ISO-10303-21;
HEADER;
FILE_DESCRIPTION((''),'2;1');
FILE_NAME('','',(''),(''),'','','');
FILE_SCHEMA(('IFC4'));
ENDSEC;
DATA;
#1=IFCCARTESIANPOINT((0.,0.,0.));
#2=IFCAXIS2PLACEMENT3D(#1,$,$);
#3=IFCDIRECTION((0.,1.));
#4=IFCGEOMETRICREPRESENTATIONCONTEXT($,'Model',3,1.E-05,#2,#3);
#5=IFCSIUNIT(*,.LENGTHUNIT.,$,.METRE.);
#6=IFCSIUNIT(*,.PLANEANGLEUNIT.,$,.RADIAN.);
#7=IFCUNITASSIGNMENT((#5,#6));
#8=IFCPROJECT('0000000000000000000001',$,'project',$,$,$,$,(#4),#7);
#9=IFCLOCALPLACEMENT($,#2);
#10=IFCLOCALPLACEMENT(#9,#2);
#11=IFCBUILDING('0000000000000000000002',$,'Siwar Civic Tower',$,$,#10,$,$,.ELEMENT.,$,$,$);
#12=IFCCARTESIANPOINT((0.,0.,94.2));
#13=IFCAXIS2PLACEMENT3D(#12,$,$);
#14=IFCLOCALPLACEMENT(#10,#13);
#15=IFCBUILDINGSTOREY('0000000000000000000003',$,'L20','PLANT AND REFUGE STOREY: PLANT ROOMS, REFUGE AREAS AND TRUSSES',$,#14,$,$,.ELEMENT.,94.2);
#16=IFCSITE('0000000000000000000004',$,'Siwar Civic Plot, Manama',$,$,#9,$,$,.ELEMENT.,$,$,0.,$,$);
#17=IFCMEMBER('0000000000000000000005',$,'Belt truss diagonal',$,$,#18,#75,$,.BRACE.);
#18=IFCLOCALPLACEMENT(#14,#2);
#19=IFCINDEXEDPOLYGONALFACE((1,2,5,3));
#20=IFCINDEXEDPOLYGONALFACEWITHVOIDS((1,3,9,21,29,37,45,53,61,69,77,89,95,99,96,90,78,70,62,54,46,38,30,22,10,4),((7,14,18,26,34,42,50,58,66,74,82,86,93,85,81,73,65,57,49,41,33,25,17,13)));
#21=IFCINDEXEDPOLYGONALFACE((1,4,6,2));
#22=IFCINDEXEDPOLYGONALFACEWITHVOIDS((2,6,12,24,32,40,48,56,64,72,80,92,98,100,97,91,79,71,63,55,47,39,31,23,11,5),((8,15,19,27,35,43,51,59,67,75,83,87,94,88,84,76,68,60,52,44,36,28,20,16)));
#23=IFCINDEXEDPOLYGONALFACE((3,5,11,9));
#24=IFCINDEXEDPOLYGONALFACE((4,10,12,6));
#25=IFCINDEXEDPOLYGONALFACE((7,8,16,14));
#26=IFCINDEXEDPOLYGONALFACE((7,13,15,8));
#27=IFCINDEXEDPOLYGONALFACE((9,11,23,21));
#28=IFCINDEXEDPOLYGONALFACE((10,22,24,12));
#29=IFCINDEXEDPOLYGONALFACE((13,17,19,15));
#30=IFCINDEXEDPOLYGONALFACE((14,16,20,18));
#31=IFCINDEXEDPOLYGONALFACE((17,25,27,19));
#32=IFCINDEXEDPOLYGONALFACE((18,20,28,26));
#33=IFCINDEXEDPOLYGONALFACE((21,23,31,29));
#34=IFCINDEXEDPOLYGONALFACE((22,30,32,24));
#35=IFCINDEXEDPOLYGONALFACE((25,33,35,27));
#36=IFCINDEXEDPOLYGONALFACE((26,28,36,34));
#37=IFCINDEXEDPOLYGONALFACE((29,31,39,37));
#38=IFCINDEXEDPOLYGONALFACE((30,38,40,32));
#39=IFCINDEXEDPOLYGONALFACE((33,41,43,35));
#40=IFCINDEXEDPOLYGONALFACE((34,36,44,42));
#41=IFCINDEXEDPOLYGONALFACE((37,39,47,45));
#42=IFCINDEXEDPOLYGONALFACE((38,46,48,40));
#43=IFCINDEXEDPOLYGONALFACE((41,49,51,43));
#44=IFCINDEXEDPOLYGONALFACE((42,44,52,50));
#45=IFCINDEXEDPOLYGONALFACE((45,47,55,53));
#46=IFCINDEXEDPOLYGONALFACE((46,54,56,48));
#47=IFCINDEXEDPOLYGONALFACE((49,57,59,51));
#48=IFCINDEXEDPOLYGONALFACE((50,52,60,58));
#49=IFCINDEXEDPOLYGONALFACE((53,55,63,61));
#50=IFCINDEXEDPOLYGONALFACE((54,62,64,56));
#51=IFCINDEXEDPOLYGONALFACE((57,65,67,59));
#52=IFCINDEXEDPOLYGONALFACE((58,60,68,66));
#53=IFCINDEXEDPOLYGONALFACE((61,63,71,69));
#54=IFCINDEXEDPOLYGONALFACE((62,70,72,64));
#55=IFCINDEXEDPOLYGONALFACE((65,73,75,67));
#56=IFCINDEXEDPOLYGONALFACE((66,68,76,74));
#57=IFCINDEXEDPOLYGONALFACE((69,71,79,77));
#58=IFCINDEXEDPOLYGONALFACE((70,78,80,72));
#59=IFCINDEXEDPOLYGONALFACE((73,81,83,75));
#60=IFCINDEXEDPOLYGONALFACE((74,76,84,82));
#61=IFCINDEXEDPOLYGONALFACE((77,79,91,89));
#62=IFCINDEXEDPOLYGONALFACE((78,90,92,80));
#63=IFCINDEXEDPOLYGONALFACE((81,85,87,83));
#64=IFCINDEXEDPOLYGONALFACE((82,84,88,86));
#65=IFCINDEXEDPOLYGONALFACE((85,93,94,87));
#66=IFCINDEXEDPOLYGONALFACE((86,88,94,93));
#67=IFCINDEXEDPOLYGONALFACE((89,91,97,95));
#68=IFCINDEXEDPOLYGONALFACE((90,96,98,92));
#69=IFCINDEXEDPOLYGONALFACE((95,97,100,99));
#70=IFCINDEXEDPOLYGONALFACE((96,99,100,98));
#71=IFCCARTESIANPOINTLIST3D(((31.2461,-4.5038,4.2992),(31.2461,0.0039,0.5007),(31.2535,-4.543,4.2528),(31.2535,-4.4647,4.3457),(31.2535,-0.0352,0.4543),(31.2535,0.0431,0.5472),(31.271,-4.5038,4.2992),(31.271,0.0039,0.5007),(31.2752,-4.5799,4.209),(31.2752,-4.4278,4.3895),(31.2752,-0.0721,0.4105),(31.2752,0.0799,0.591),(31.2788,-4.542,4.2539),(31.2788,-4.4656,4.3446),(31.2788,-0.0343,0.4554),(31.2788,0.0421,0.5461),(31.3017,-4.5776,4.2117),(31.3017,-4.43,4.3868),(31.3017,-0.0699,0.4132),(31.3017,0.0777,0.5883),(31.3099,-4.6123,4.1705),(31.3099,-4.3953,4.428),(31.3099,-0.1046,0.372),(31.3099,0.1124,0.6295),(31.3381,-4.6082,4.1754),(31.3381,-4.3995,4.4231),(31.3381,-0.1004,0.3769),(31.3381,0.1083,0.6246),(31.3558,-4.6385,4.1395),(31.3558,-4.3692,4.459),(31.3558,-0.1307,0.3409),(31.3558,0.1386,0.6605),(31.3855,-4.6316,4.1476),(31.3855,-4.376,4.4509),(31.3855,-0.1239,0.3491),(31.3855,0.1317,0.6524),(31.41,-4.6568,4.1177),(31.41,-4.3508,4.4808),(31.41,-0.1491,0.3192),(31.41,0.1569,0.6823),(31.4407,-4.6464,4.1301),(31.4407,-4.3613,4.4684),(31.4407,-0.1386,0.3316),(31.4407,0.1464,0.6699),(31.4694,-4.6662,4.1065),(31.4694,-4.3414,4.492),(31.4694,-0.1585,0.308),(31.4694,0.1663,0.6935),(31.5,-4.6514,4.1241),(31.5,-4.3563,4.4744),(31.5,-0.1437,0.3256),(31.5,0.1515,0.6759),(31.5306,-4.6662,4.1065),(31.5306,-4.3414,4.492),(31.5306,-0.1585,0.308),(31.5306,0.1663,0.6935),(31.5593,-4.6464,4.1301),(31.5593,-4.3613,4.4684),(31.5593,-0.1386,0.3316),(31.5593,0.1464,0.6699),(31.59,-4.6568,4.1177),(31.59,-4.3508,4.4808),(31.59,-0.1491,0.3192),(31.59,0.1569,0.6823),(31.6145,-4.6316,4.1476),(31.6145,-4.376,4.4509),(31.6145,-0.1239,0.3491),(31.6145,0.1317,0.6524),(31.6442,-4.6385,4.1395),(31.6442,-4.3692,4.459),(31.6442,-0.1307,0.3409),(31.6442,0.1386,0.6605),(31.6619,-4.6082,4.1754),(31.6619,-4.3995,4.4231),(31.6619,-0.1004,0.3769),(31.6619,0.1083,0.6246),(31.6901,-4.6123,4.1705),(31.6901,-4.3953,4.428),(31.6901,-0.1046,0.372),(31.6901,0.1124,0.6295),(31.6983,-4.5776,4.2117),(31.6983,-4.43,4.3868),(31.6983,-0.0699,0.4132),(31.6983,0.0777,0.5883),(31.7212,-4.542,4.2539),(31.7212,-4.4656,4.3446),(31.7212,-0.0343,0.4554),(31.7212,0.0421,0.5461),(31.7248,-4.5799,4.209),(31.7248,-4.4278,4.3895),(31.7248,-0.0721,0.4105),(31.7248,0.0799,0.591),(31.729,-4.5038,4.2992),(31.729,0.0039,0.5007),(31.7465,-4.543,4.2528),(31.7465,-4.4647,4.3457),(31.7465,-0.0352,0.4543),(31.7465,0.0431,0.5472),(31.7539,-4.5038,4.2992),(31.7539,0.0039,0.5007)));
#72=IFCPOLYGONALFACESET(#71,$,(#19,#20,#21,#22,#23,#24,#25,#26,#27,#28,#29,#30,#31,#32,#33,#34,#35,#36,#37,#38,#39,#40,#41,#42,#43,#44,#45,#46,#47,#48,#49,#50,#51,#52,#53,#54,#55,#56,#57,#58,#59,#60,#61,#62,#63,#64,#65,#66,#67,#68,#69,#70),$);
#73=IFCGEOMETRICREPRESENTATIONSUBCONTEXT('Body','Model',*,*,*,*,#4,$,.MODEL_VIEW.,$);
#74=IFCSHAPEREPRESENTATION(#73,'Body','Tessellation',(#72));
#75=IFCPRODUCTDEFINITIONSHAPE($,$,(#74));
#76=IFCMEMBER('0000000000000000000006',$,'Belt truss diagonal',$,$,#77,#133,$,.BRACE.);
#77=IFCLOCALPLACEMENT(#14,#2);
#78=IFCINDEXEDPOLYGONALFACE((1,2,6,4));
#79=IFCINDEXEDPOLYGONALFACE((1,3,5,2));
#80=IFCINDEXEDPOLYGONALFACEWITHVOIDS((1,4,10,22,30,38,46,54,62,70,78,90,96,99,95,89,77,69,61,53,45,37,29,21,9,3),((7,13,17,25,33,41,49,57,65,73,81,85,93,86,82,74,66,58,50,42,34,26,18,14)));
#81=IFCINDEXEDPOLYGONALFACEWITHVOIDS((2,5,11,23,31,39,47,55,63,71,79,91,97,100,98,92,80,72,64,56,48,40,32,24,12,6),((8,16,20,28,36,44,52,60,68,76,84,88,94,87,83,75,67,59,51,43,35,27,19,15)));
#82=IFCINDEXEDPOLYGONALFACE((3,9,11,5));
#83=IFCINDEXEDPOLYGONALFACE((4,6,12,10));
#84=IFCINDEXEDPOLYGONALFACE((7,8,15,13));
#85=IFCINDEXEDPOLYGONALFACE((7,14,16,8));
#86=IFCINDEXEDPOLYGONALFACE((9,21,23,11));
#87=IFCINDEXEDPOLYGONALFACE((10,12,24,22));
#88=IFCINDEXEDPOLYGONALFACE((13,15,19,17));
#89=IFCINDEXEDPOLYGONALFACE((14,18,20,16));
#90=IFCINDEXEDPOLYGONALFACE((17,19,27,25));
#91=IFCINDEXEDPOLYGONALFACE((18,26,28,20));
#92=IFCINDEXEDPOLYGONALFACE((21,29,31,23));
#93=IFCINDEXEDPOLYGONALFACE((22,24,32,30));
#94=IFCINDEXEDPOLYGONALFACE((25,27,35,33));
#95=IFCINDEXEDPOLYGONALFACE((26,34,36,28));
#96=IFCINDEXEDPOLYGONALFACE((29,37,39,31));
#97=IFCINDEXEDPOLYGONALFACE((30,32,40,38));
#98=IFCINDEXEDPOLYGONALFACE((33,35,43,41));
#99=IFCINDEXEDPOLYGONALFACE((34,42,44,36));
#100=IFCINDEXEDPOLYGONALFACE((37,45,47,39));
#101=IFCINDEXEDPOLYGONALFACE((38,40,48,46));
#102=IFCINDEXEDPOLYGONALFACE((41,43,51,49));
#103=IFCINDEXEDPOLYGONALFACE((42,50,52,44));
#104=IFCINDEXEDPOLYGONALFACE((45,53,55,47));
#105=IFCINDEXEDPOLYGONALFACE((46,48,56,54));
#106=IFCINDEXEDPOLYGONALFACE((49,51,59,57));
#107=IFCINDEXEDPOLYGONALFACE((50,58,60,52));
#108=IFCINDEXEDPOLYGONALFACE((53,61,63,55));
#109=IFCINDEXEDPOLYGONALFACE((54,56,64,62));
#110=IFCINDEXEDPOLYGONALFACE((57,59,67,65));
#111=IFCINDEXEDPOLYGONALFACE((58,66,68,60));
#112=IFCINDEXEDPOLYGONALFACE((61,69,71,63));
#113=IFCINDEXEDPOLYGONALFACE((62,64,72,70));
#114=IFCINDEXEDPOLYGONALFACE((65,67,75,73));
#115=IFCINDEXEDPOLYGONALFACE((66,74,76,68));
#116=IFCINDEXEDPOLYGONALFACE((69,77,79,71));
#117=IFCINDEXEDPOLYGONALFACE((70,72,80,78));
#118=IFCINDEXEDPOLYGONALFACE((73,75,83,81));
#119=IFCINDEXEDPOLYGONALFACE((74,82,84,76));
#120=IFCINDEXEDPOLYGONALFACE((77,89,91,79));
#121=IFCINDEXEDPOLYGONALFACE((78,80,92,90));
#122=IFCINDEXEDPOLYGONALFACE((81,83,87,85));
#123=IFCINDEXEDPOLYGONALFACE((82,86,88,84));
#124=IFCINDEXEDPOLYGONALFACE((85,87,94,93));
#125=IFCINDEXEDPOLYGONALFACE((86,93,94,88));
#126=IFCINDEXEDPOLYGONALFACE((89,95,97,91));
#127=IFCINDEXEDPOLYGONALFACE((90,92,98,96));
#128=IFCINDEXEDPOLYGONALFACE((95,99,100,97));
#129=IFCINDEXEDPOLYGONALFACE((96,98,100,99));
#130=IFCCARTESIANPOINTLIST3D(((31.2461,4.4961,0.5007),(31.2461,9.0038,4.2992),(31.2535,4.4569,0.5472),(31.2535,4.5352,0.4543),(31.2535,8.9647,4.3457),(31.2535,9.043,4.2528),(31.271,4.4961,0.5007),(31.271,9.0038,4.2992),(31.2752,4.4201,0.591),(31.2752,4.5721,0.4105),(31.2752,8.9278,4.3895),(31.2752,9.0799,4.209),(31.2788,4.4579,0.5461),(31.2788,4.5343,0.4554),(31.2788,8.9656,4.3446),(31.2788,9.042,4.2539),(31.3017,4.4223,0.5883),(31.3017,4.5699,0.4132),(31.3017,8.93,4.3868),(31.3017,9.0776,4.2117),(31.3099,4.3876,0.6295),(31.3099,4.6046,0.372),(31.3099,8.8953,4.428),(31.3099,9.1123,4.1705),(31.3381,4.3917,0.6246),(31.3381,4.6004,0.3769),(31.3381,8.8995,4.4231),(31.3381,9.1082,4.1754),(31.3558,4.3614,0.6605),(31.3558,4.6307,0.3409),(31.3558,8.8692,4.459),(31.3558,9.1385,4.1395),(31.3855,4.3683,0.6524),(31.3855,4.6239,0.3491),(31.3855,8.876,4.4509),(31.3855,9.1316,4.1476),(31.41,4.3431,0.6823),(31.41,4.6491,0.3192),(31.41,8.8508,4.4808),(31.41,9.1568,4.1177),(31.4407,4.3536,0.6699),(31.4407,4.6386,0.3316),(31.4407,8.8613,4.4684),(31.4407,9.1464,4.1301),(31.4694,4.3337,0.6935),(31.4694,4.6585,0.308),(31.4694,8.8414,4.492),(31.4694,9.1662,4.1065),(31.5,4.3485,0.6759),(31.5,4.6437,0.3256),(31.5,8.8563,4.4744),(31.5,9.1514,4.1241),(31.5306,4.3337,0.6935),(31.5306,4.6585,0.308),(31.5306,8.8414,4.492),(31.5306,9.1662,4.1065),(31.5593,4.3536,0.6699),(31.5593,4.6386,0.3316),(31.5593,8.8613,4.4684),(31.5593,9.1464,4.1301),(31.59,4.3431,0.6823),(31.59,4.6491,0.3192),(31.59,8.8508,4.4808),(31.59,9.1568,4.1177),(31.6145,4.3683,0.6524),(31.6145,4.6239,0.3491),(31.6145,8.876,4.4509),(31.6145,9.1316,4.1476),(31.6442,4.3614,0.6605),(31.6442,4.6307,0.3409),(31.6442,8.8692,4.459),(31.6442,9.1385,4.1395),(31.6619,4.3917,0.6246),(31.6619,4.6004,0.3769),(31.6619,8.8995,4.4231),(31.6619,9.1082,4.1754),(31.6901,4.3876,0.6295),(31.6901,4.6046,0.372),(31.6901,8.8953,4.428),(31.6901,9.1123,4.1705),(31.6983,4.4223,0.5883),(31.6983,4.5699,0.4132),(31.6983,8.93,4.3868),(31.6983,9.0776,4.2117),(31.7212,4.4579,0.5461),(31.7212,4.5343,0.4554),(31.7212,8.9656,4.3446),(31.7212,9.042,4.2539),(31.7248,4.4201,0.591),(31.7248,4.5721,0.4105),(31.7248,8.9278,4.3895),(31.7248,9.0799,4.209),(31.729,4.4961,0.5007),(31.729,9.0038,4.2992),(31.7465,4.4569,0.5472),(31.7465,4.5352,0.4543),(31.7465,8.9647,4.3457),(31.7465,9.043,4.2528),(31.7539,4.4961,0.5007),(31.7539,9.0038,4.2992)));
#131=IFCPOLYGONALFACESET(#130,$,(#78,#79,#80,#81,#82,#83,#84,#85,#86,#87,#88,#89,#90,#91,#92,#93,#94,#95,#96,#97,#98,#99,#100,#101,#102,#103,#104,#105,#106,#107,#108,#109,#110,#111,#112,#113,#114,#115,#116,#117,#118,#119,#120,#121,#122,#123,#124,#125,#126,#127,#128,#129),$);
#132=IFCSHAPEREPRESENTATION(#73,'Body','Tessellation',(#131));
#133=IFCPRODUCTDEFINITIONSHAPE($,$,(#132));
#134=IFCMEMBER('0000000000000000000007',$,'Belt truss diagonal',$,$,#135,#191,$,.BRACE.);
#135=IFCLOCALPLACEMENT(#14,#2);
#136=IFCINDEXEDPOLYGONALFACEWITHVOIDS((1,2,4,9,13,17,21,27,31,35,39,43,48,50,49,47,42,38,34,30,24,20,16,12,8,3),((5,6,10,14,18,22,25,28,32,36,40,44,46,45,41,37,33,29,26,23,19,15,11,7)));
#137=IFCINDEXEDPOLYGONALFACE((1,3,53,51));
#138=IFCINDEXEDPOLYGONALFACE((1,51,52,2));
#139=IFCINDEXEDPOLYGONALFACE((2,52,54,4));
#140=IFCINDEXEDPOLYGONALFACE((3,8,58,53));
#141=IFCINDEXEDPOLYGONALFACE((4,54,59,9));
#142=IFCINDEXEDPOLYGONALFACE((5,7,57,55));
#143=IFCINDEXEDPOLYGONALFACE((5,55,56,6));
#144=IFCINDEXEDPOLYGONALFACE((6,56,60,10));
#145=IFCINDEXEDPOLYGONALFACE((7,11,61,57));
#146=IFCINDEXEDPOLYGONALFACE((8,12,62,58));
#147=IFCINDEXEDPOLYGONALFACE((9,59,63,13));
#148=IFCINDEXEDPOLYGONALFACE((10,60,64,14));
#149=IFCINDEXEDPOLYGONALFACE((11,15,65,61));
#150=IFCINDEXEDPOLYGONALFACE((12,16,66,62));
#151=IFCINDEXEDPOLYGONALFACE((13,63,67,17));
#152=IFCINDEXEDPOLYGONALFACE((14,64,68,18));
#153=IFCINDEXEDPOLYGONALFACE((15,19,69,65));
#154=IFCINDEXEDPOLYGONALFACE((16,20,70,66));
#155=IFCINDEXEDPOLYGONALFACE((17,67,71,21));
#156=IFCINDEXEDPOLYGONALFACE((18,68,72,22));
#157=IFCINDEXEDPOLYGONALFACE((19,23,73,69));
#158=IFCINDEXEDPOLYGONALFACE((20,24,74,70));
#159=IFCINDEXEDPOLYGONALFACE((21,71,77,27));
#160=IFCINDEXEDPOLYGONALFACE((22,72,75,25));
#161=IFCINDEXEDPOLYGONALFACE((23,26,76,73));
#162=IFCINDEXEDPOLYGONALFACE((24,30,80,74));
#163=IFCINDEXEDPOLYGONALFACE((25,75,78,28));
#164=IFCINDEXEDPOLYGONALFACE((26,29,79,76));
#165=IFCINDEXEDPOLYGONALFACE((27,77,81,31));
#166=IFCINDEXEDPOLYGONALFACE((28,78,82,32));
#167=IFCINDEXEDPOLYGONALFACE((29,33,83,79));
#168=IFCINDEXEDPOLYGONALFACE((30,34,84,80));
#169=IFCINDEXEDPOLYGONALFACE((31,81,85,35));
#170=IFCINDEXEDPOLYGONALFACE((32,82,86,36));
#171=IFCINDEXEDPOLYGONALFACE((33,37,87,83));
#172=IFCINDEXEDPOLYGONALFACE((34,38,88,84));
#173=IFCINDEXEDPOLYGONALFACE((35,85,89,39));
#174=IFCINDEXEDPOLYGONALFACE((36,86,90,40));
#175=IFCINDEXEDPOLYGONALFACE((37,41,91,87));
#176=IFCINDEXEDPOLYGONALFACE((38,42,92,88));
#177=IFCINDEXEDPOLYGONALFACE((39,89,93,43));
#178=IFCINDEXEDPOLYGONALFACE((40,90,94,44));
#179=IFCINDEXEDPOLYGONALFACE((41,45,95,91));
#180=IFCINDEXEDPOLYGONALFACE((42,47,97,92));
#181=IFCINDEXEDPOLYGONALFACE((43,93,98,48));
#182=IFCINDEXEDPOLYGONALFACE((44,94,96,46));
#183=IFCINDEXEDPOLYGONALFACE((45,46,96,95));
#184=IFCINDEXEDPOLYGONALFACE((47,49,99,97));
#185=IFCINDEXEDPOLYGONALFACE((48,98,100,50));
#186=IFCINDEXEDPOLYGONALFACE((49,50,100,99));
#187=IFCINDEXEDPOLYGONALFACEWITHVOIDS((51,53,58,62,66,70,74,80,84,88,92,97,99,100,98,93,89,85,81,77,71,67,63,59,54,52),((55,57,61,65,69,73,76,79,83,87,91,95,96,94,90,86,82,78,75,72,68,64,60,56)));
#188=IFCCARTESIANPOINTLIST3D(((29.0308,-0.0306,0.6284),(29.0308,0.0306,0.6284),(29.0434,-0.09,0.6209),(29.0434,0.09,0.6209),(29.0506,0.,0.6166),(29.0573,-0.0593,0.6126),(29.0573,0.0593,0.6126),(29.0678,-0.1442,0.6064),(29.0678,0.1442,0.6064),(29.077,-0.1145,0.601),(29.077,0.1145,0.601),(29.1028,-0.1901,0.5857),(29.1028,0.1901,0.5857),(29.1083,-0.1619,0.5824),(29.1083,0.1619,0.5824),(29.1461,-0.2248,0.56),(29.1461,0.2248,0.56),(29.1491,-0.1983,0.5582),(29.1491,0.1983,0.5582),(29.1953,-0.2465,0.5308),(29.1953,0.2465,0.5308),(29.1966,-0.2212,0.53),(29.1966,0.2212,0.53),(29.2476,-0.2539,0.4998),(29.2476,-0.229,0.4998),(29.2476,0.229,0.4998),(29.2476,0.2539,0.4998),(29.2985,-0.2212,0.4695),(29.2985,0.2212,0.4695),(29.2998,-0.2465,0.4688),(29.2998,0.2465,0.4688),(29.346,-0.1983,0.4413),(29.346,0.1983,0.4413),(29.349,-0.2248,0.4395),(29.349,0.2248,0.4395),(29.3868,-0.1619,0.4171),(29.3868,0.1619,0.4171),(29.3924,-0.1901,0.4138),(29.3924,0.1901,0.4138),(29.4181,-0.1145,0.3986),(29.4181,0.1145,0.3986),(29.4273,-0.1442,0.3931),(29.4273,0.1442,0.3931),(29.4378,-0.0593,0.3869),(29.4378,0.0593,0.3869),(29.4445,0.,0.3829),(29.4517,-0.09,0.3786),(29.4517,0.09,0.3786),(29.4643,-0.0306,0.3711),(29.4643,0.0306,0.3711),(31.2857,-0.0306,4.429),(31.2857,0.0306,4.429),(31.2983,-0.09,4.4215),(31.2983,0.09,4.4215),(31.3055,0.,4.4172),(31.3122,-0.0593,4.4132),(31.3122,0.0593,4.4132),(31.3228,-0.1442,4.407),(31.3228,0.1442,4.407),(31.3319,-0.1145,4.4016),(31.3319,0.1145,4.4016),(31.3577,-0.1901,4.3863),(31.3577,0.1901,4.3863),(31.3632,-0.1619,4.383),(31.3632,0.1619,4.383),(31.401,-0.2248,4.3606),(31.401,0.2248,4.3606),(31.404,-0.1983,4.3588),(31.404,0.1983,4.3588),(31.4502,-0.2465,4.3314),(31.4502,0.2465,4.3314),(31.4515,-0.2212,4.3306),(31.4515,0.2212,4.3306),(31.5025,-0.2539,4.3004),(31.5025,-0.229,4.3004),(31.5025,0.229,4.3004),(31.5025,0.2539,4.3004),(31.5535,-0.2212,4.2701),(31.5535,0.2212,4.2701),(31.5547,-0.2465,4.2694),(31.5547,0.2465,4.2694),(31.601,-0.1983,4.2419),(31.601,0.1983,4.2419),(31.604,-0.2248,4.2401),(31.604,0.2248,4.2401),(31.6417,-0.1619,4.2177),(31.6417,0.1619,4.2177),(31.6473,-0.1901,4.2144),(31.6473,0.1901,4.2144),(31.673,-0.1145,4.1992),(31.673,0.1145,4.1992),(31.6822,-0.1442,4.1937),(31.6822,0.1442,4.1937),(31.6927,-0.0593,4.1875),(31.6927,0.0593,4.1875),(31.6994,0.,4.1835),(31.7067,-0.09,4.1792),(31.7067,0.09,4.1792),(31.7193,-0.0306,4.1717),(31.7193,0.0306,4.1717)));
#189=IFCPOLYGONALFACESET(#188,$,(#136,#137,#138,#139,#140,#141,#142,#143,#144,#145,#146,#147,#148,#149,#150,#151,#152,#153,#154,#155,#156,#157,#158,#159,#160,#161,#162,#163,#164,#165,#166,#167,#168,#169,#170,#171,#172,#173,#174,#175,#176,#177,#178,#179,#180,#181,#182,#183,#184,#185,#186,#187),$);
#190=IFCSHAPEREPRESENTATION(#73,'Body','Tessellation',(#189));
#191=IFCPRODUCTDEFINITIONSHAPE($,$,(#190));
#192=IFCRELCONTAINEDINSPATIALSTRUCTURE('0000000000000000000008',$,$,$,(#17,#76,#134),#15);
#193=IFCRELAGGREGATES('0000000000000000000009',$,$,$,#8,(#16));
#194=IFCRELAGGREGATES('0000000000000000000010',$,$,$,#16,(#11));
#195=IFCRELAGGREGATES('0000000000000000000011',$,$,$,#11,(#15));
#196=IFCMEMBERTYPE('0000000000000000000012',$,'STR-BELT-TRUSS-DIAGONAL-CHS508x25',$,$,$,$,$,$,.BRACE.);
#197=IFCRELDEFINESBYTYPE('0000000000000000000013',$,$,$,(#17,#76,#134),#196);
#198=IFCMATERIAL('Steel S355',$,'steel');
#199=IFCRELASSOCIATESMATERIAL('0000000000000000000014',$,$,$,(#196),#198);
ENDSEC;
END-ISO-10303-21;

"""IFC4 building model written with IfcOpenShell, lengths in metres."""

from ifc_helpers import new_model, si_unit, direction, frame, origin, origin_2d, place, context, subcontext, project, spatial, hollow_circle, extrude, material, material_profile, profile_set, type_object, element, save


model = new_model("IFC4")

# Units and contexts
model_context = context("Model", 3, precision=1e-05, world=origin(), true_north=direction((0.0, 1.0)))
body_context = subcontext(model_context, "Body", "Model", "MODEL_VIEW")
ifc_project = project(units=[si_unit("LENGTHUNIT", "METRE"), si_unit("PLANEANGLEUNIT", "RADIAN")], contexts=[model_context])

# Site, building, storey
site_placement = place(None, origin())
site = spatial("IfcSite", under=ifc_project, at=site_placement, Name="Siwar Civic Plot, Manama", CompositionType="ELEMENT", RefElevation=0.0)
building_placement = place(site_placement, origin())
building = spatial("IfcBuilding", under=site, at=building_placement, Name="Siwar Civic Tower", CompositionType="ELEMENT")
storey_placement = place(building_placement, frame((0.0, 0.0, 94.2)))
storey = spatial("IfcBuildingStorey", under=building, at=storey_placement, Name="L20", Description="PLANT AND REFUGE STOREY: PLANT ROOMS, REFUGE AREAS AND TRUSSES", CompositionType="ELEMENT", Elevation=94.2)

# Members
ifc_material_1 = material(Name="Steel S355", Category="steel")
ifc_material_profile_1 = material_profile(ifc_material_1, hollow_circle(Radius=0.2539, WallThickness=0.0249, at=origin_2d()), Name="CHS508x25")
ifc_profile_set_1 = profile_set([ifc_material_profile_1], Name="Steel S355")
member_type_1 = type_object("IfcMemberType", Name="STR-BELT-TRUSS-DIAGONAL-CHS508x25", PredefinedType="BRACE", material=ifc_profile_set_1)
for number, where, z_axis, x_axis, name in (
    (1, (31.5, 0.0039, 0.5007), (0.0, -0.7647, 0.644387), (1.0, 0.0, 0.0), "Belt truss diagonal"),
    (2, (31.5, 4.4961, 0.5007), (0.0, 0.7647, 0.644387), (-1.0, 0.0, 0.0), "Belt truss diagonal"),
):
    element("IfcMember", number, at=place(storey_placement, frame(where, z_axis=z_axis, x_axis=x_axis)), inside=storey, type_object=member_type_1, Name=name, PredefinedType="BRACE", context=body_context, shape_type="SweptSolid", body=[
        extrude(hollow_circle(Radius=0.2539, WallThickness=0.0249, at=origin_2d()), origin(), (0.0, 0.0, 1.0), 5.8948),
    ])
member_1_placement = place(storey_placement, frame((29.2476, 0.0, 0.4998), z_axis=(0.510257, 0.0, 0.860022), x_axis=(0.0, 1.0, 0.0)))
element("IfcMember", 3, at=member_1_placement, inside=storey, type_object=member_type_1, Name="Belt truss diagonal", PredefinedType="BRACE", context=body_context, shape_type="SweptSolid", body=[
    extrude(hollow_circle(Radius=0.2539, WallThickness=0.0249, at=origin_2d()), origin(), (0.0, 0.0, 1.0), 4.4192),
])

save(model, "model.ifc")
